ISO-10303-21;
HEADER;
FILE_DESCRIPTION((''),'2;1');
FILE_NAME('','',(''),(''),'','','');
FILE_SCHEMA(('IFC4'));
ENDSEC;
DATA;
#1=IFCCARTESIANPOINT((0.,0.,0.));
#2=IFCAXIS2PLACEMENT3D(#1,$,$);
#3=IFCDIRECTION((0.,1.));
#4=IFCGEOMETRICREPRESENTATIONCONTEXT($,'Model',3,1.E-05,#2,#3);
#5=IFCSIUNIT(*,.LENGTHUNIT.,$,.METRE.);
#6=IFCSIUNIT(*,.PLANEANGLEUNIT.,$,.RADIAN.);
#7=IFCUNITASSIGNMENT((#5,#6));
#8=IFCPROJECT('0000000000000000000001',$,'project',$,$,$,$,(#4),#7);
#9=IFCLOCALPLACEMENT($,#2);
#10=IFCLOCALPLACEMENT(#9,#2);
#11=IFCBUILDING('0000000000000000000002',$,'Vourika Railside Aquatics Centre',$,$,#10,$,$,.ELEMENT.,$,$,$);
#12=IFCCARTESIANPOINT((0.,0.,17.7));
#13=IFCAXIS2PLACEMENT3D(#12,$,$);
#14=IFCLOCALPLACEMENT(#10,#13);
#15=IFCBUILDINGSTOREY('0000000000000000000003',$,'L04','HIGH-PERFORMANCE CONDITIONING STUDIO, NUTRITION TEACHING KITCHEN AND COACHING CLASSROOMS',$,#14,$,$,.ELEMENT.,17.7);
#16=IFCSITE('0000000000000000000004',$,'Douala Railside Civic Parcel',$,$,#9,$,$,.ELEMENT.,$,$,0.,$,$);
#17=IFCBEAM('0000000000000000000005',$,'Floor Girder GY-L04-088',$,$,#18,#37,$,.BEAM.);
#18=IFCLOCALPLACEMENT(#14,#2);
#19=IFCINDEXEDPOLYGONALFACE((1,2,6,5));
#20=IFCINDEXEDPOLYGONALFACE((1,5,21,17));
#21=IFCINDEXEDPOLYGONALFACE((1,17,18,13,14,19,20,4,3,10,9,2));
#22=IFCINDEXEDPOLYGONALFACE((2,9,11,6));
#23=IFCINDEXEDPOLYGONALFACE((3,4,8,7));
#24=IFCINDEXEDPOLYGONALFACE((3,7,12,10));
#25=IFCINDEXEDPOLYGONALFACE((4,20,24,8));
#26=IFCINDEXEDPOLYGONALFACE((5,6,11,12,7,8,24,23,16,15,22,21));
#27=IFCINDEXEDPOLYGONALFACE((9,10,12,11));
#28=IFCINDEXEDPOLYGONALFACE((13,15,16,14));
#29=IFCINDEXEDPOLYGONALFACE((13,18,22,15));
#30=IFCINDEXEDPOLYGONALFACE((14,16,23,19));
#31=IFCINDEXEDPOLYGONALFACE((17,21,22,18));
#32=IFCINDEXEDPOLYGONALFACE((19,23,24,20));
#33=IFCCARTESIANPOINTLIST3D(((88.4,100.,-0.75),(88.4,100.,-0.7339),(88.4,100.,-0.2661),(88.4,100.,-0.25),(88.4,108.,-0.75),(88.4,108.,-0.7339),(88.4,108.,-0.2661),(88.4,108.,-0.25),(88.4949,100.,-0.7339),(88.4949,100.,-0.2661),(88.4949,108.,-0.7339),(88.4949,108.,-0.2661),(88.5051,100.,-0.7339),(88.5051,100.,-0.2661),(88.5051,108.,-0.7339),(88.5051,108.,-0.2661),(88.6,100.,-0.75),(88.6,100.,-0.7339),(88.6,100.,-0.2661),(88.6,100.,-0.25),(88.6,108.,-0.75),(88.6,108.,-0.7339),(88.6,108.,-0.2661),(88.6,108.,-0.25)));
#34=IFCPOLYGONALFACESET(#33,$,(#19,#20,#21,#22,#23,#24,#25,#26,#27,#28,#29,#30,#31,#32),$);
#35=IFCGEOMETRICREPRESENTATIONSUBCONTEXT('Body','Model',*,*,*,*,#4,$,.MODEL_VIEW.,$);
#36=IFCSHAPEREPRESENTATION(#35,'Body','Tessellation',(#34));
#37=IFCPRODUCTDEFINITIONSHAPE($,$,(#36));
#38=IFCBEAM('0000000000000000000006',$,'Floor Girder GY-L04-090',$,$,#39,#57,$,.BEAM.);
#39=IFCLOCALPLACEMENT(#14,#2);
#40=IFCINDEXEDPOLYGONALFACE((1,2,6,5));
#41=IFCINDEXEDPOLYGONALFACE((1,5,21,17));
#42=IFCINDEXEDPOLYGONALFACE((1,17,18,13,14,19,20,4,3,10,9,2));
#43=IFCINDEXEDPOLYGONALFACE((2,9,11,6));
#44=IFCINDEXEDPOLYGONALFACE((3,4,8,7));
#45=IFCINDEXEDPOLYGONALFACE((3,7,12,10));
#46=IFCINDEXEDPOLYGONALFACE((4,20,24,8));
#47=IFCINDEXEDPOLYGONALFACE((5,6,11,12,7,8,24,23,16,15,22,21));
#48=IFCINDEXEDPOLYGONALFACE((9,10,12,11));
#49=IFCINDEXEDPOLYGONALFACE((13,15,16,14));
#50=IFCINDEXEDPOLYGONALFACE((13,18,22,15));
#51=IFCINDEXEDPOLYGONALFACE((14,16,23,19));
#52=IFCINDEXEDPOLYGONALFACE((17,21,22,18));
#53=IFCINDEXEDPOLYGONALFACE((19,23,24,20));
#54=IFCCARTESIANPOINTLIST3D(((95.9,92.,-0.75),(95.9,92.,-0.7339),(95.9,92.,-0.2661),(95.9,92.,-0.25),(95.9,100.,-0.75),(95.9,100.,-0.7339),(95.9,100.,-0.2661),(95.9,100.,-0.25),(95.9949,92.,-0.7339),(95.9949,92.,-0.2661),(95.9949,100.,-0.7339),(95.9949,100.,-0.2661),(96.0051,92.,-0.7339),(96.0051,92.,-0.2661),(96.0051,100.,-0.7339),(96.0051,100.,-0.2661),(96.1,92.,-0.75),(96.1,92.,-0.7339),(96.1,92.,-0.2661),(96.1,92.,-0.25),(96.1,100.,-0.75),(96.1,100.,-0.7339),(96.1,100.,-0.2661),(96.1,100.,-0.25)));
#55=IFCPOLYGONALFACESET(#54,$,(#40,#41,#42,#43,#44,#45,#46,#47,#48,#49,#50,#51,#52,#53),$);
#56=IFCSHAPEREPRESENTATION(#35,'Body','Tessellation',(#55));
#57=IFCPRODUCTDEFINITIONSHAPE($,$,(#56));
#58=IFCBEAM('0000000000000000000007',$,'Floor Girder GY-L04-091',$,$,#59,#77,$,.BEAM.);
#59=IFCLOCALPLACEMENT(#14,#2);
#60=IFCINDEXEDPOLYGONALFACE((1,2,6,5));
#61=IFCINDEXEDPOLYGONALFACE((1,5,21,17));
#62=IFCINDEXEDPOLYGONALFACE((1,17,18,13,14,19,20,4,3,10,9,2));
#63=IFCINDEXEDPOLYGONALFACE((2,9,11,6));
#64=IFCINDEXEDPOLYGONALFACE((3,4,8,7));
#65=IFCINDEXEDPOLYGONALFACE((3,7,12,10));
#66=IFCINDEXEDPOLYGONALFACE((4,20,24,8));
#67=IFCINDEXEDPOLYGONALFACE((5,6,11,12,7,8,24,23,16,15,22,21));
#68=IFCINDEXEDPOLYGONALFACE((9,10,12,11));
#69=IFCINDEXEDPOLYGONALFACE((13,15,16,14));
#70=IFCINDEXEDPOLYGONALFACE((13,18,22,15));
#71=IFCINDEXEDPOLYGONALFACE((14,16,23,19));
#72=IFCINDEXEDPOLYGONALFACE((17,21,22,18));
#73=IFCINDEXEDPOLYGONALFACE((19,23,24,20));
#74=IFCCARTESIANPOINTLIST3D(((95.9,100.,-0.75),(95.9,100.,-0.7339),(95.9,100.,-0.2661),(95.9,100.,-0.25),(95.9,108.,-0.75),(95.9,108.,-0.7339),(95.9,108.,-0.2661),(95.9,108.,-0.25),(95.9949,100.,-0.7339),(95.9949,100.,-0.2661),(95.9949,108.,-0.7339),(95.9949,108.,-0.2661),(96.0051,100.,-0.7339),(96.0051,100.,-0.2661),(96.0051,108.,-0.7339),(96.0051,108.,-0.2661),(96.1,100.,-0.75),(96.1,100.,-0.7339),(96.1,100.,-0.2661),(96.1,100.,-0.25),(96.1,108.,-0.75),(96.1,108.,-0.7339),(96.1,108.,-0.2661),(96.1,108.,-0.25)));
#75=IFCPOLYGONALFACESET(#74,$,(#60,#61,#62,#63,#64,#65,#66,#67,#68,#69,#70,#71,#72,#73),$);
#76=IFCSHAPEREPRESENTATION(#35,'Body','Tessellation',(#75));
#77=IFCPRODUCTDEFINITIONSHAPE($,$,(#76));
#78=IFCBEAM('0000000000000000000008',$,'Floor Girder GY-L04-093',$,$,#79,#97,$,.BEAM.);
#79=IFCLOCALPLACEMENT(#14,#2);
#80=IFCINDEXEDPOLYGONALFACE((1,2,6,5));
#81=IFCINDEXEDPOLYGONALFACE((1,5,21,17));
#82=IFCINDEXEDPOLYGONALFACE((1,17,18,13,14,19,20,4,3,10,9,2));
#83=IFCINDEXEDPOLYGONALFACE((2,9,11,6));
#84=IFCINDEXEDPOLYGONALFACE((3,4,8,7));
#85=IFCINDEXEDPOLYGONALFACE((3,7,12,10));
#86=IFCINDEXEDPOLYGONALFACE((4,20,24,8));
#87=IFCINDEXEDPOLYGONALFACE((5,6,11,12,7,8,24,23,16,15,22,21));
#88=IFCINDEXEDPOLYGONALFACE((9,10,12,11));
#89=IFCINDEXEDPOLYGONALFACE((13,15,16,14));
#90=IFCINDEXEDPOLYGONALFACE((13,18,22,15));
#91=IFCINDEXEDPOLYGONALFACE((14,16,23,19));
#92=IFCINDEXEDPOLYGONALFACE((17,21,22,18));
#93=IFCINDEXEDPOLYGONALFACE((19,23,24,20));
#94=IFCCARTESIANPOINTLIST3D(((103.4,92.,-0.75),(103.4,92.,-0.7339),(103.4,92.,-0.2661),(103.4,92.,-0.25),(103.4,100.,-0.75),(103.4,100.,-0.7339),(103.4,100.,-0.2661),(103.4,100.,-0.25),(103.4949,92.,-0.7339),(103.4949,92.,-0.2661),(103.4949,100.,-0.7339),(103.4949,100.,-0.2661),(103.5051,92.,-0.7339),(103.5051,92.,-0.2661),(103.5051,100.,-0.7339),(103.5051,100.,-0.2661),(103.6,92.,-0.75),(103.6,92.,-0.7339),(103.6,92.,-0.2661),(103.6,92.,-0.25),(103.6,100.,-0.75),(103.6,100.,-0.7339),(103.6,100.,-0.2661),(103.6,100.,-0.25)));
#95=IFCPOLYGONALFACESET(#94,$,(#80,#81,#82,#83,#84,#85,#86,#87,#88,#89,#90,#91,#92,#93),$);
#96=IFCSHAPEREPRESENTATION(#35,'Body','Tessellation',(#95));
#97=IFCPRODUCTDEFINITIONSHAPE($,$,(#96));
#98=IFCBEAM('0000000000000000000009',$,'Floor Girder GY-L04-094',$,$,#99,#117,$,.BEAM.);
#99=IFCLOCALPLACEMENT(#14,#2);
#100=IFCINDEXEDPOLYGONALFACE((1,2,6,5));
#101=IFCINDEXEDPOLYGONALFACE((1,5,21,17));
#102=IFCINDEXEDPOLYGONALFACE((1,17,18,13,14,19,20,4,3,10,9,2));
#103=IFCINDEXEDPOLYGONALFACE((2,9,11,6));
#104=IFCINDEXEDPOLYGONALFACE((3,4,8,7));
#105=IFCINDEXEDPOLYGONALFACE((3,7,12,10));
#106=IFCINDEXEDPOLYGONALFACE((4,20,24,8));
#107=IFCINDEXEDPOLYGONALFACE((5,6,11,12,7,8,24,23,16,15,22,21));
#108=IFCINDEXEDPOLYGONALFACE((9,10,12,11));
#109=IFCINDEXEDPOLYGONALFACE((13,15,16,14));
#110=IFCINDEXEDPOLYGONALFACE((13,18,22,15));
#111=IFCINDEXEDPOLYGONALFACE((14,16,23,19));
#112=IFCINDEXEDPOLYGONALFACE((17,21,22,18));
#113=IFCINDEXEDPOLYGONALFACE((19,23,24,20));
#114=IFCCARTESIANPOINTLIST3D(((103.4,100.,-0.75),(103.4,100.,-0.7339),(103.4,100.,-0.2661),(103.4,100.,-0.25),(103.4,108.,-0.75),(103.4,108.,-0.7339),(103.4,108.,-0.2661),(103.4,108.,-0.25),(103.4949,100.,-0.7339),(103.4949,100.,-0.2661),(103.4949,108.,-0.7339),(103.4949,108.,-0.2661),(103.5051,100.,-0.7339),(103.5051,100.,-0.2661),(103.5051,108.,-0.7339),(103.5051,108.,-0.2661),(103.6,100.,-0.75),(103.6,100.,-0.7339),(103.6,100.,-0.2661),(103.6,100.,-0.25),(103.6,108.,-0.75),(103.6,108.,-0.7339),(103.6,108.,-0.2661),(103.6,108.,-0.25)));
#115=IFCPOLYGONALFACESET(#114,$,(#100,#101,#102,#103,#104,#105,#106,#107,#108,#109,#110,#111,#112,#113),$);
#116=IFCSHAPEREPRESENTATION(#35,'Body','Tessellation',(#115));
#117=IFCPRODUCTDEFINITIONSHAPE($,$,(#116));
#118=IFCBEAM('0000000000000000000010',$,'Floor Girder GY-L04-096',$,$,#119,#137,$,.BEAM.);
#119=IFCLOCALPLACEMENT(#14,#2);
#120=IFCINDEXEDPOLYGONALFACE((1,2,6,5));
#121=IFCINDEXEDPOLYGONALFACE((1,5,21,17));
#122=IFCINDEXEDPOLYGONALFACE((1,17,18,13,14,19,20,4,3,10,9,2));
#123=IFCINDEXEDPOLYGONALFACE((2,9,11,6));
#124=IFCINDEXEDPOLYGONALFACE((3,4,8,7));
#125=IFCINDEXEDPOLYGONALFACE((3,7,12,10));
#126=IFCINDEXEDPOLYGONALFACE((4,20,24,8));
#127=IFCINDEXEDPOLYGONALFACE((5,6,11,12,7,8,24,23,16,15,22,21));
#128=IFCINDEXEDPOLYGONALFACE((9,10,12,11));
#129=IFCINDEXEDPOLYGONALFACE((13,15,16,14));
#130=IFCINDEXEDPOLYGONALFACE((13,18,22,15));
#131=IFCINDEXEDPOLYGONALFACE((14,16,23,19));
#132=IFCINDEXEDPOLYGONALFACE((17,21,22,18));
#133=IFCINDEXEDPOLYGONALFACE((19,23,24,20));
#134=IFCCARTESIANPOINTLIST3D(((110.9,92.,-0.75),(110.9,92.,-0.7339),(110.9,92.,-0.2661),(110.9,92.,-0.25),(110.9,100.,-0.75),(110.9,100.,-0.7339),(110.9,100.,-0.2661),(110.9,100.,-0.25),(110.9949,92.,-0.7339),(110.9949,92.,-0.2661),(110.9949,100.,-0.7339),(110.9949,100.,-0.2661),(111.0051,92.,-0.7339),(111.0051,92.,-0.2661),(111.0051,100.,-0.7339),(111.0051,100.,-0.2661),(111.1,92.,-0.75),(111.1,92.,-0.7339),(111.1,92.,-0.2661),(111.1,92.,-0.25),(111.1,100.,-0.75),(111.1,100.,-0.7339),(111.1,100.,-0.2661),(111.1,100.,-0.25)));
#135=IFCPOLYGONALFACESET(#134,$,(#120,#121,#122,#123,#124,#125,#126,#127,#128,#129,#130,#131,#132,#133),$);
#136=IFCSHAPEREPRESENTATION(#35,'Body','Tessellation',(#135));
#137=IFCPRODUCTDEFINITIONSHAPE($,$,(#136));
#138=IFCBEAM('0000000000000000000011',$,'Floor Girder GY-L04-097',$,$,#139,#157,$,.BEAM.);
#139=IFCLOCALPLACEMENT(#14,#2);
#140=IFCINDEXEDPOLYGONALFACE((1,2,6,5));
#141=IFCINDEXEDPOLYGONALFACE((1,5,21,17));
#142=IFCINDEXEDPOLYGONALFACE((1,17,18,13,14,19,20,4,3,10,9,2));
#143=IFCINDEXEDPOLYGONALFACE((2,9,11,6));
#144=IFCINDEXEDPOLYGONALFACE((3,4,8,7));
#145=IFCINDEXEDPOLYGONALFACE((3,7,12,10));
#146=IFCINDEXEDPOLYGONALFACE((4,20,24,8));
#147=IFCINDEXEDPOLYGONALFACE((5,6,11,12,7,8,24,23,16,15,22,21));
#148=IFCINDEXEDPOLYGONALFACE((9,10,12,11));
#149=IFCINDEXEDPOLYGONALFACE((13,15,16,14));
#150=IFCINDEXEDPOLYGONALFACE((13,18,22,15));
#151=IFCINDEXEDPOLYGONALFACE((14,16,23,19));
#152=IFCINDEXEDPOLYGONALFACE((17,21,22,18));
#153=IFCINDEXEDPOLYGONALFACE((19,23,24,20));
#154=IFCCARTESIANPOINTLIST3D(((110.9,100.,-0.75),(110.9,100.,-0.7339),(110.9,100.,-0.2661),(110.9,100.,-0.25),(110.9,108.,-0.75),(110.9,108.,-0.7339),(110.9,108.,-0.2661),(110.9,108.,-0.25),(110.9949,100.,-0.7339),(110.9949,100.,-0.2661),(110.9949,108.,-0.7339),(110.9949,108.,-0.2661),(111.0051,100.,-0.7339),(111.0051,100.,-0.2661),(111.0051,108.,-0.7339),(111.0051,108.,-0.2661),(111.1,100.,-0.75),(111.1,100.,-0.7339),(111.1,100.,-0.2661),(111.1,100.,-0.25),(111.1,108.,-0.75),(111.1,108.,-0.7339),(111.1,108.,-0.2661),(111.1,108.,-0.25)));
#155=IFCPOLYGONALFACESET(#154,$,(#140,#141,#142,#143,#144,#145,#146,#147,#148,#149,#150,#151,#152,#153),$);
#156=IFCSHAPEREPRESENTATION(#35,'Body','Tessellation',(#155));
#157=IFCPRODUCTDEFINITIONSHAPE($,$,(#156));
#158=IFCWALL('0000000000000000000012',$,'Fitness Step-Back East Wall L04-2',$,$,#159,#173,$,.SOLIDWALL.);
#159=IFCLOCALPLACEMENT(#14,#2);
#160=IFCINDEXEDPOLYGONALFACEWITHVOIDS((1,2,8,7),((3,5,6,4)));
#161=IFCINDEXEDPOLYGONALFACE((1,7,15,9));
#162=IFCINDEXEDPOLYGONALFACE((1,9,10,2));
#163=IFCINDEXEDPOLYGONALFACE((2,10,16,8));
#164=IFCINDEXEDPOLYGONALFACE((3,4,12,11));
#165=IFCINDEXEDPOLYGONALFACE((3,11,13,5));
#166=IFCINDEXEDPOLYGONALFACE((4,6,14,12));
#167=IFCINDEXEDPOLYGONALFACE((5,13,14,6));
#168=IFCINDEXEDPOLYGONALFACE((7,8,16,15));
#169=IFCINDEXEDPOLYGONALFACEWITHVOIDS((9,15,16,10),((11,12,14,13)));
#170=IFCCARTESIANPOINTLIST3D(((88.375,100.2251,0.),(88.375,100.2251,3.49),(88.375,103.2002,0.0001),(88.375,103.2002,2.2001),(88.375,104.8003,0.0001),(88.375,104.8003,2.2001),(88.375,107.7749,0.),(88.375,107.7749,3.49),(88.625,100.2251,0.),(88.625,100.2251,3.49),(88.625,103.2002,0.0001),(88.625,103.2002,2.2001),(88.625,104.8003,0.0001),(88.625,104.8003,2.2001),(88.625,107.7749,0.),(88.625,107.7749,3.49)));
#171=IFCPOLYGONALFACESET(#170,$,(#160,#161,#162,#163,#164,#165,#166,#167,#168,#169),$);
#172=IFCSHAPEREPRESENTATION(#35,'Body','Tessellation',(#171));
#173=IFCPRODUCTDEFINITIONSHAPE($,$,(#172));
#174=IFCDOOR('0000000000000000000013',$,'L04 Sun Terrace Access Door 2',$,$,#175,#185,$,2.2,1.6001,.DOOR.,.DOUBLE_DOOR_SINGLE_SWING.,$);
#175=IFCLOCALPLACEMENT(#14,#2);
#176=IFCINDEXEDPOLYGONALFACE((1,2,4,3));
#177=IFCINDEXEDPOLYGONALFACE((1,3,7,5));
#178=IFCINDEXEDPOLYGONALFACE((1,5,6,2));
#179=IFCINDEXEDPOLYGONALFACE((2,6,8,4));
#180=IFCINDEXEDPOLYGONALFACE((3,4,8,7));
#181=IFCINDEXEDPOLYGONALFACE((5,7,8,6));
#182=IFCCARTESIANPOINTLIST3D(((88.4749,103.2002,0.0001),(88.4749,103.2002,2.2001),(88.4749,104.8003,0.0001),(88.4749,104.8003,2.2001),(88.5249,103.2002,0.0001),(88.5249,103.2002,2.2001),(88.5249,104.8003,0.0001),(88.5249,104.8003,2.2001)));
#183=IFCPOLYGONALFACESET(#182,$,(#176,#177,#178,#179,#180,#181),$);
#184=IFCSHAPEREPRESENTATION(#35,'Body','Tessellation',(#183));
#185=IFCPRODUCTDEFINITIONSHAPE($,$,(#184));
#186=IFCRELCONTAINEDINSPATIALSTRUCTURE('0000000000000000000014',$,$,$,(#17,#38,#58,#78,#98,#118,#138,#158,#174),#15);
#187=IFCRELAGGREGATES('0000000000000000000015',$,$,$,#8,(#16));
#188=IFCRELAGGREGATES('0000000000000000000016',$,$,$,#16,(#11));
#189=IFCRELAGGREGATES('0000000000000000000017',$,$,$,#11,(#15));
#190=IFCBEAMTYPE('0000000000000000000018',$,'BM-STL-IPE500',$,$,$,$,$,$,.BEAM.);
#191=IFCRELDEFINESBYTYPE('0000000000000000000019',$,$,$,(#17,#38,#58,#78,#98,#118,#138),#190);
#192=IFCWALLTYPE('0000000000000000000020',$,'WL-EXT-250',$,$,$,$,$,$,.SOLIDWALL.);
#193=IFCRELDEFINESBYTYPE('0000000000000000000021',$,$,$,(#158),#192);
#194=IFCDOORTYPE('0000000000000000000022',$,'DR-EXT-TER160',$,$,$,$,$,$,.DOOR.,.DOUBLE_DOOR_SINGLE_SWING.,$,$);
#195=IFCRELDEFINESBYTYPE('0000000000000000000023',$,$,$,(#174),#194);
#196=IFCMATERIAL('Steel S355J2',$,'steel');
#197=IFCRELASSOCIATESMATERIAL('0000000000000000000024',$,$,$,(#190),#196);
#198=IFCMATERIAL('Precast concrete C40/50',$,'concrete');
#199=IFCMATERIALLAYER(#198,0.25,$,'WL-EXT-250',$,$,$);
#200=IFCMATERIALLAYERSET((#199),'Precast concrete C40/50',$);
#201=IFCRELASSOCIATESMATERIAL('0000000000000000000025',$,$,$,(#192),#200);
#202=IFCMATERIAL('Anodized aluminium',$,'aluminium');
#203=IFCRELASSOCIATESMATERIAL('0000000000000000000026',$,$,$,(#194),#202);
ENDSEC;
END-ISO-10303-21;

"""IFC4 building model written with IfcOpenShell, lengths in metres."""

from ifc_helpers import new_model, si_unit, direction, frame, frame_2d, origin, origin_2d, place, context, subcontext, project, spatial, rectangle, i_section, extrude, material, layer, layer_set, material_profile, profile_set, type_object, element, fill, save


model = new_model("IFC4")

# Units and contexts
model_context = context("Model", 3, precision=1e-05, world=origin(), true_north=direction((0.0, 1.0)))
body_context = subcontext(model_context, "Body", "Model", "MODEL_VIEW")
ifc_project = project(units=[si_unit("LENGTHUNIT", "METRE"), si_unit("PLANEANGLEUNIT", "RADIAN")], contexts=[model_context])

# Site, building, storey
site_placement = place(None, origin())
site = spatial("IfcSite", under=ifc_project, at=site_placement, Name="Douala Railside Civic Parcel", CompositionType="ELEMENT", RefElevation=0.0)
building_placement = place(site_placement, origin())
building = spatial("IfcBuilding", under=site, at=building_placement, Name="Vourika Railside Aquatics Centre", CompositionType="ELEMENT")
storey_placement = place(building_placement, frame((0.0, 0.0, 17.7)))
storey = spatial("IfcBuildingStorey", under=building, at=storey_placement, Name="L04", Description="HIGH-PERFORMANCE CONDITIONING STUDIO, NUTRITION TEACHING KITCHEN AND COACHING CLASSROOMS", CompositionType="ELEMENT", Elevation=17.7)

# Beams
ifc_material_1 = material(Name="Steel S355J2", Category="steel")
ifc_material_profile_1 = material_profile(ifc_material_1, i_section(OverallWidth=0.2, OverallDepth=0.5, WebThickness=0.0103, FlangeThickness=0.0161, at=origin_2d()), Name="IPE 500")
ifc_profile_set_1 = profile_set([ifc_material_profile_1], Name="Steel S355J2")
beam_type_1 = type_object("IfcBeamType", Name="BM-STL-IPE500", PredefinedType="BEAM", material=ifc_profile_set_1)
for number, where, z_axis, x_axis, name in (
    (1, (88.5, 100.0, -0.5), (0.0, 1.0, 0.0), (-1.0, 0.0, 0.0), "Floor Girder GY-L04-088"),
    (2, (96.0, 92.0, -0.5), (0.0, 1.0, 0.0), (-1.0, 0.0, 0.0), "Floor Girder GY-L04-090"),
    (3, (96.0, 100.0, -0.5), (0.0, 1.0, 0.0), (-1.0, 0.0, 0.0), "Floor Girder GY-L04-091"),
    (4, (103.5, 92.0, -0.5), (0.0, 1.0, 0.0), (-1.0, 0.0, 0.0), "Floor Girder GY-L04-093"),
    (5, (103.5, 100.0, -0.5), (0.0, 1.0, 0.0), (-1.0, 0.0, 0.0), "Floor Girder GY-L04-094"),
    (6, (111.0, 92.0, -0.5), (0.0, 1.0, 0.0), (-1.0, 0.0, 0.0), "Floor Girder GY-L04-096"),
    (7, (111.0, 100.0, -0.5), (0.0, 1.0, 0.0), (-1.0, 0.0, 0.0), "Floor Girder GY-L04-097"),
):
    element("IfcBeam", number, at=place(storey_placement, frame(where, z_axis=z_axis, x_axis=x_axis)), inside=storey, type_object=beam_type_1, Name=name, PredefinedType="BEAM", context=body_context, shape_type="SweptSolid", body=[
        extrude(i_section(OverallWidth=0.2, OverallDepth=0.5, WebThickness=0.0103, FlangeThickness=0.0161, at=origin_2d()), origin(), (0.0, 0.0, 1.0), 8.0),
    ])

# Wall, opening, door
ifc_material_2 = material(Name="Precast concrete C40/50", Category="concrete")
ifc_layer = layer(ifc_material_2, 0.25, Name="WL-EXT-250")
ifc_layer_set = layer_set([ifc_layer], Name="Precast concrete C40/50")
wall_type = type_object("IfcWallType", Name="WL-EXT-250", PredefinedType="SOLIDWALL", material=ifc_layer_set)
wall_placement = place(storey_placement, frame((88.5, 100.2251, 0.0), z_axis=(0.0, 0.0, 1.0), x_axis=(0.0, 1.0, 0.0)))
wall = element("IfcWall", 8, at=wall_placement, inside=storey, type_object=wall_type, Name="Fitness Step-Back East Wall L04-2", PredefinedType="SOLIDWALL", context=body_context, shape_type="SweptSolid", body=[
    extrude(rectangle(XDim=7.5498, YDim=0.25, at=frame_2d((3.7749, 0.0))), origin(), (0.0, 0.0, 1.0), 3.49),
])
opening_placement = place(wall_placement, frame((2.9751, 0.0, 0.0)))
opening = element("IfcOpeningElement", 9, at=opening_placement, cuts=wall, PredefinedType="OPENING", context=body_context, shape_type="SweptSolid", body=[
    extrude(rectangle(XDim=1.6001, YDim=2.2, at=frame_2d((0.8, 1.1001))), frame((0.0, 0.135, 0.0), z_axis=(0.0, -1.0, 0.0), x_axis=(1.0, 0.0, 0.0)), (0.0, 0.0, 1.0), 0.27),
])
ifc_material_3 = material(Name="Anodized aluminium", Category="aluminium")
door_type = type_object("IfcDoorType", Name="DR-EXT-TER160", OperationType="DOUBLE_DOOR_SINGLE_SWING", PredefinedType="DOOR", material=ifc_material_3)
door_placement = place(opening_placement, frame((1.6001, 0.0, 0.0), z_axis=(0.0, 0.0, 1.0), x_axis=(-1.0, 0.0, 0.0)))
door = element("IfcDoor", 10, at=door_placement, inside=storey, type_object=door_type, Name="L04 Sun Terrace Access Door 2", OperationType="DOUBLE_DOOR_SINGLE_SWING", OverallHeight=2.2, OverallWidth=1.6001, PredefinedType="DOOR", context=body_context, shape_type="SweptSolid", body=[
    extrude(rectangle(XDim=1.6001, YDim=2.2, at=frame_2d((0.8, 1.1001))), frame((0.0, 0.0249, 0.0), z_axis=(0.0, -1.0, 0.0), x_axis=(1.0, 0.0, 0.0)), (0.0, 0.0, 1.0), 0.05),
])
fill(opening, door)

save(model, "model.ifc")
